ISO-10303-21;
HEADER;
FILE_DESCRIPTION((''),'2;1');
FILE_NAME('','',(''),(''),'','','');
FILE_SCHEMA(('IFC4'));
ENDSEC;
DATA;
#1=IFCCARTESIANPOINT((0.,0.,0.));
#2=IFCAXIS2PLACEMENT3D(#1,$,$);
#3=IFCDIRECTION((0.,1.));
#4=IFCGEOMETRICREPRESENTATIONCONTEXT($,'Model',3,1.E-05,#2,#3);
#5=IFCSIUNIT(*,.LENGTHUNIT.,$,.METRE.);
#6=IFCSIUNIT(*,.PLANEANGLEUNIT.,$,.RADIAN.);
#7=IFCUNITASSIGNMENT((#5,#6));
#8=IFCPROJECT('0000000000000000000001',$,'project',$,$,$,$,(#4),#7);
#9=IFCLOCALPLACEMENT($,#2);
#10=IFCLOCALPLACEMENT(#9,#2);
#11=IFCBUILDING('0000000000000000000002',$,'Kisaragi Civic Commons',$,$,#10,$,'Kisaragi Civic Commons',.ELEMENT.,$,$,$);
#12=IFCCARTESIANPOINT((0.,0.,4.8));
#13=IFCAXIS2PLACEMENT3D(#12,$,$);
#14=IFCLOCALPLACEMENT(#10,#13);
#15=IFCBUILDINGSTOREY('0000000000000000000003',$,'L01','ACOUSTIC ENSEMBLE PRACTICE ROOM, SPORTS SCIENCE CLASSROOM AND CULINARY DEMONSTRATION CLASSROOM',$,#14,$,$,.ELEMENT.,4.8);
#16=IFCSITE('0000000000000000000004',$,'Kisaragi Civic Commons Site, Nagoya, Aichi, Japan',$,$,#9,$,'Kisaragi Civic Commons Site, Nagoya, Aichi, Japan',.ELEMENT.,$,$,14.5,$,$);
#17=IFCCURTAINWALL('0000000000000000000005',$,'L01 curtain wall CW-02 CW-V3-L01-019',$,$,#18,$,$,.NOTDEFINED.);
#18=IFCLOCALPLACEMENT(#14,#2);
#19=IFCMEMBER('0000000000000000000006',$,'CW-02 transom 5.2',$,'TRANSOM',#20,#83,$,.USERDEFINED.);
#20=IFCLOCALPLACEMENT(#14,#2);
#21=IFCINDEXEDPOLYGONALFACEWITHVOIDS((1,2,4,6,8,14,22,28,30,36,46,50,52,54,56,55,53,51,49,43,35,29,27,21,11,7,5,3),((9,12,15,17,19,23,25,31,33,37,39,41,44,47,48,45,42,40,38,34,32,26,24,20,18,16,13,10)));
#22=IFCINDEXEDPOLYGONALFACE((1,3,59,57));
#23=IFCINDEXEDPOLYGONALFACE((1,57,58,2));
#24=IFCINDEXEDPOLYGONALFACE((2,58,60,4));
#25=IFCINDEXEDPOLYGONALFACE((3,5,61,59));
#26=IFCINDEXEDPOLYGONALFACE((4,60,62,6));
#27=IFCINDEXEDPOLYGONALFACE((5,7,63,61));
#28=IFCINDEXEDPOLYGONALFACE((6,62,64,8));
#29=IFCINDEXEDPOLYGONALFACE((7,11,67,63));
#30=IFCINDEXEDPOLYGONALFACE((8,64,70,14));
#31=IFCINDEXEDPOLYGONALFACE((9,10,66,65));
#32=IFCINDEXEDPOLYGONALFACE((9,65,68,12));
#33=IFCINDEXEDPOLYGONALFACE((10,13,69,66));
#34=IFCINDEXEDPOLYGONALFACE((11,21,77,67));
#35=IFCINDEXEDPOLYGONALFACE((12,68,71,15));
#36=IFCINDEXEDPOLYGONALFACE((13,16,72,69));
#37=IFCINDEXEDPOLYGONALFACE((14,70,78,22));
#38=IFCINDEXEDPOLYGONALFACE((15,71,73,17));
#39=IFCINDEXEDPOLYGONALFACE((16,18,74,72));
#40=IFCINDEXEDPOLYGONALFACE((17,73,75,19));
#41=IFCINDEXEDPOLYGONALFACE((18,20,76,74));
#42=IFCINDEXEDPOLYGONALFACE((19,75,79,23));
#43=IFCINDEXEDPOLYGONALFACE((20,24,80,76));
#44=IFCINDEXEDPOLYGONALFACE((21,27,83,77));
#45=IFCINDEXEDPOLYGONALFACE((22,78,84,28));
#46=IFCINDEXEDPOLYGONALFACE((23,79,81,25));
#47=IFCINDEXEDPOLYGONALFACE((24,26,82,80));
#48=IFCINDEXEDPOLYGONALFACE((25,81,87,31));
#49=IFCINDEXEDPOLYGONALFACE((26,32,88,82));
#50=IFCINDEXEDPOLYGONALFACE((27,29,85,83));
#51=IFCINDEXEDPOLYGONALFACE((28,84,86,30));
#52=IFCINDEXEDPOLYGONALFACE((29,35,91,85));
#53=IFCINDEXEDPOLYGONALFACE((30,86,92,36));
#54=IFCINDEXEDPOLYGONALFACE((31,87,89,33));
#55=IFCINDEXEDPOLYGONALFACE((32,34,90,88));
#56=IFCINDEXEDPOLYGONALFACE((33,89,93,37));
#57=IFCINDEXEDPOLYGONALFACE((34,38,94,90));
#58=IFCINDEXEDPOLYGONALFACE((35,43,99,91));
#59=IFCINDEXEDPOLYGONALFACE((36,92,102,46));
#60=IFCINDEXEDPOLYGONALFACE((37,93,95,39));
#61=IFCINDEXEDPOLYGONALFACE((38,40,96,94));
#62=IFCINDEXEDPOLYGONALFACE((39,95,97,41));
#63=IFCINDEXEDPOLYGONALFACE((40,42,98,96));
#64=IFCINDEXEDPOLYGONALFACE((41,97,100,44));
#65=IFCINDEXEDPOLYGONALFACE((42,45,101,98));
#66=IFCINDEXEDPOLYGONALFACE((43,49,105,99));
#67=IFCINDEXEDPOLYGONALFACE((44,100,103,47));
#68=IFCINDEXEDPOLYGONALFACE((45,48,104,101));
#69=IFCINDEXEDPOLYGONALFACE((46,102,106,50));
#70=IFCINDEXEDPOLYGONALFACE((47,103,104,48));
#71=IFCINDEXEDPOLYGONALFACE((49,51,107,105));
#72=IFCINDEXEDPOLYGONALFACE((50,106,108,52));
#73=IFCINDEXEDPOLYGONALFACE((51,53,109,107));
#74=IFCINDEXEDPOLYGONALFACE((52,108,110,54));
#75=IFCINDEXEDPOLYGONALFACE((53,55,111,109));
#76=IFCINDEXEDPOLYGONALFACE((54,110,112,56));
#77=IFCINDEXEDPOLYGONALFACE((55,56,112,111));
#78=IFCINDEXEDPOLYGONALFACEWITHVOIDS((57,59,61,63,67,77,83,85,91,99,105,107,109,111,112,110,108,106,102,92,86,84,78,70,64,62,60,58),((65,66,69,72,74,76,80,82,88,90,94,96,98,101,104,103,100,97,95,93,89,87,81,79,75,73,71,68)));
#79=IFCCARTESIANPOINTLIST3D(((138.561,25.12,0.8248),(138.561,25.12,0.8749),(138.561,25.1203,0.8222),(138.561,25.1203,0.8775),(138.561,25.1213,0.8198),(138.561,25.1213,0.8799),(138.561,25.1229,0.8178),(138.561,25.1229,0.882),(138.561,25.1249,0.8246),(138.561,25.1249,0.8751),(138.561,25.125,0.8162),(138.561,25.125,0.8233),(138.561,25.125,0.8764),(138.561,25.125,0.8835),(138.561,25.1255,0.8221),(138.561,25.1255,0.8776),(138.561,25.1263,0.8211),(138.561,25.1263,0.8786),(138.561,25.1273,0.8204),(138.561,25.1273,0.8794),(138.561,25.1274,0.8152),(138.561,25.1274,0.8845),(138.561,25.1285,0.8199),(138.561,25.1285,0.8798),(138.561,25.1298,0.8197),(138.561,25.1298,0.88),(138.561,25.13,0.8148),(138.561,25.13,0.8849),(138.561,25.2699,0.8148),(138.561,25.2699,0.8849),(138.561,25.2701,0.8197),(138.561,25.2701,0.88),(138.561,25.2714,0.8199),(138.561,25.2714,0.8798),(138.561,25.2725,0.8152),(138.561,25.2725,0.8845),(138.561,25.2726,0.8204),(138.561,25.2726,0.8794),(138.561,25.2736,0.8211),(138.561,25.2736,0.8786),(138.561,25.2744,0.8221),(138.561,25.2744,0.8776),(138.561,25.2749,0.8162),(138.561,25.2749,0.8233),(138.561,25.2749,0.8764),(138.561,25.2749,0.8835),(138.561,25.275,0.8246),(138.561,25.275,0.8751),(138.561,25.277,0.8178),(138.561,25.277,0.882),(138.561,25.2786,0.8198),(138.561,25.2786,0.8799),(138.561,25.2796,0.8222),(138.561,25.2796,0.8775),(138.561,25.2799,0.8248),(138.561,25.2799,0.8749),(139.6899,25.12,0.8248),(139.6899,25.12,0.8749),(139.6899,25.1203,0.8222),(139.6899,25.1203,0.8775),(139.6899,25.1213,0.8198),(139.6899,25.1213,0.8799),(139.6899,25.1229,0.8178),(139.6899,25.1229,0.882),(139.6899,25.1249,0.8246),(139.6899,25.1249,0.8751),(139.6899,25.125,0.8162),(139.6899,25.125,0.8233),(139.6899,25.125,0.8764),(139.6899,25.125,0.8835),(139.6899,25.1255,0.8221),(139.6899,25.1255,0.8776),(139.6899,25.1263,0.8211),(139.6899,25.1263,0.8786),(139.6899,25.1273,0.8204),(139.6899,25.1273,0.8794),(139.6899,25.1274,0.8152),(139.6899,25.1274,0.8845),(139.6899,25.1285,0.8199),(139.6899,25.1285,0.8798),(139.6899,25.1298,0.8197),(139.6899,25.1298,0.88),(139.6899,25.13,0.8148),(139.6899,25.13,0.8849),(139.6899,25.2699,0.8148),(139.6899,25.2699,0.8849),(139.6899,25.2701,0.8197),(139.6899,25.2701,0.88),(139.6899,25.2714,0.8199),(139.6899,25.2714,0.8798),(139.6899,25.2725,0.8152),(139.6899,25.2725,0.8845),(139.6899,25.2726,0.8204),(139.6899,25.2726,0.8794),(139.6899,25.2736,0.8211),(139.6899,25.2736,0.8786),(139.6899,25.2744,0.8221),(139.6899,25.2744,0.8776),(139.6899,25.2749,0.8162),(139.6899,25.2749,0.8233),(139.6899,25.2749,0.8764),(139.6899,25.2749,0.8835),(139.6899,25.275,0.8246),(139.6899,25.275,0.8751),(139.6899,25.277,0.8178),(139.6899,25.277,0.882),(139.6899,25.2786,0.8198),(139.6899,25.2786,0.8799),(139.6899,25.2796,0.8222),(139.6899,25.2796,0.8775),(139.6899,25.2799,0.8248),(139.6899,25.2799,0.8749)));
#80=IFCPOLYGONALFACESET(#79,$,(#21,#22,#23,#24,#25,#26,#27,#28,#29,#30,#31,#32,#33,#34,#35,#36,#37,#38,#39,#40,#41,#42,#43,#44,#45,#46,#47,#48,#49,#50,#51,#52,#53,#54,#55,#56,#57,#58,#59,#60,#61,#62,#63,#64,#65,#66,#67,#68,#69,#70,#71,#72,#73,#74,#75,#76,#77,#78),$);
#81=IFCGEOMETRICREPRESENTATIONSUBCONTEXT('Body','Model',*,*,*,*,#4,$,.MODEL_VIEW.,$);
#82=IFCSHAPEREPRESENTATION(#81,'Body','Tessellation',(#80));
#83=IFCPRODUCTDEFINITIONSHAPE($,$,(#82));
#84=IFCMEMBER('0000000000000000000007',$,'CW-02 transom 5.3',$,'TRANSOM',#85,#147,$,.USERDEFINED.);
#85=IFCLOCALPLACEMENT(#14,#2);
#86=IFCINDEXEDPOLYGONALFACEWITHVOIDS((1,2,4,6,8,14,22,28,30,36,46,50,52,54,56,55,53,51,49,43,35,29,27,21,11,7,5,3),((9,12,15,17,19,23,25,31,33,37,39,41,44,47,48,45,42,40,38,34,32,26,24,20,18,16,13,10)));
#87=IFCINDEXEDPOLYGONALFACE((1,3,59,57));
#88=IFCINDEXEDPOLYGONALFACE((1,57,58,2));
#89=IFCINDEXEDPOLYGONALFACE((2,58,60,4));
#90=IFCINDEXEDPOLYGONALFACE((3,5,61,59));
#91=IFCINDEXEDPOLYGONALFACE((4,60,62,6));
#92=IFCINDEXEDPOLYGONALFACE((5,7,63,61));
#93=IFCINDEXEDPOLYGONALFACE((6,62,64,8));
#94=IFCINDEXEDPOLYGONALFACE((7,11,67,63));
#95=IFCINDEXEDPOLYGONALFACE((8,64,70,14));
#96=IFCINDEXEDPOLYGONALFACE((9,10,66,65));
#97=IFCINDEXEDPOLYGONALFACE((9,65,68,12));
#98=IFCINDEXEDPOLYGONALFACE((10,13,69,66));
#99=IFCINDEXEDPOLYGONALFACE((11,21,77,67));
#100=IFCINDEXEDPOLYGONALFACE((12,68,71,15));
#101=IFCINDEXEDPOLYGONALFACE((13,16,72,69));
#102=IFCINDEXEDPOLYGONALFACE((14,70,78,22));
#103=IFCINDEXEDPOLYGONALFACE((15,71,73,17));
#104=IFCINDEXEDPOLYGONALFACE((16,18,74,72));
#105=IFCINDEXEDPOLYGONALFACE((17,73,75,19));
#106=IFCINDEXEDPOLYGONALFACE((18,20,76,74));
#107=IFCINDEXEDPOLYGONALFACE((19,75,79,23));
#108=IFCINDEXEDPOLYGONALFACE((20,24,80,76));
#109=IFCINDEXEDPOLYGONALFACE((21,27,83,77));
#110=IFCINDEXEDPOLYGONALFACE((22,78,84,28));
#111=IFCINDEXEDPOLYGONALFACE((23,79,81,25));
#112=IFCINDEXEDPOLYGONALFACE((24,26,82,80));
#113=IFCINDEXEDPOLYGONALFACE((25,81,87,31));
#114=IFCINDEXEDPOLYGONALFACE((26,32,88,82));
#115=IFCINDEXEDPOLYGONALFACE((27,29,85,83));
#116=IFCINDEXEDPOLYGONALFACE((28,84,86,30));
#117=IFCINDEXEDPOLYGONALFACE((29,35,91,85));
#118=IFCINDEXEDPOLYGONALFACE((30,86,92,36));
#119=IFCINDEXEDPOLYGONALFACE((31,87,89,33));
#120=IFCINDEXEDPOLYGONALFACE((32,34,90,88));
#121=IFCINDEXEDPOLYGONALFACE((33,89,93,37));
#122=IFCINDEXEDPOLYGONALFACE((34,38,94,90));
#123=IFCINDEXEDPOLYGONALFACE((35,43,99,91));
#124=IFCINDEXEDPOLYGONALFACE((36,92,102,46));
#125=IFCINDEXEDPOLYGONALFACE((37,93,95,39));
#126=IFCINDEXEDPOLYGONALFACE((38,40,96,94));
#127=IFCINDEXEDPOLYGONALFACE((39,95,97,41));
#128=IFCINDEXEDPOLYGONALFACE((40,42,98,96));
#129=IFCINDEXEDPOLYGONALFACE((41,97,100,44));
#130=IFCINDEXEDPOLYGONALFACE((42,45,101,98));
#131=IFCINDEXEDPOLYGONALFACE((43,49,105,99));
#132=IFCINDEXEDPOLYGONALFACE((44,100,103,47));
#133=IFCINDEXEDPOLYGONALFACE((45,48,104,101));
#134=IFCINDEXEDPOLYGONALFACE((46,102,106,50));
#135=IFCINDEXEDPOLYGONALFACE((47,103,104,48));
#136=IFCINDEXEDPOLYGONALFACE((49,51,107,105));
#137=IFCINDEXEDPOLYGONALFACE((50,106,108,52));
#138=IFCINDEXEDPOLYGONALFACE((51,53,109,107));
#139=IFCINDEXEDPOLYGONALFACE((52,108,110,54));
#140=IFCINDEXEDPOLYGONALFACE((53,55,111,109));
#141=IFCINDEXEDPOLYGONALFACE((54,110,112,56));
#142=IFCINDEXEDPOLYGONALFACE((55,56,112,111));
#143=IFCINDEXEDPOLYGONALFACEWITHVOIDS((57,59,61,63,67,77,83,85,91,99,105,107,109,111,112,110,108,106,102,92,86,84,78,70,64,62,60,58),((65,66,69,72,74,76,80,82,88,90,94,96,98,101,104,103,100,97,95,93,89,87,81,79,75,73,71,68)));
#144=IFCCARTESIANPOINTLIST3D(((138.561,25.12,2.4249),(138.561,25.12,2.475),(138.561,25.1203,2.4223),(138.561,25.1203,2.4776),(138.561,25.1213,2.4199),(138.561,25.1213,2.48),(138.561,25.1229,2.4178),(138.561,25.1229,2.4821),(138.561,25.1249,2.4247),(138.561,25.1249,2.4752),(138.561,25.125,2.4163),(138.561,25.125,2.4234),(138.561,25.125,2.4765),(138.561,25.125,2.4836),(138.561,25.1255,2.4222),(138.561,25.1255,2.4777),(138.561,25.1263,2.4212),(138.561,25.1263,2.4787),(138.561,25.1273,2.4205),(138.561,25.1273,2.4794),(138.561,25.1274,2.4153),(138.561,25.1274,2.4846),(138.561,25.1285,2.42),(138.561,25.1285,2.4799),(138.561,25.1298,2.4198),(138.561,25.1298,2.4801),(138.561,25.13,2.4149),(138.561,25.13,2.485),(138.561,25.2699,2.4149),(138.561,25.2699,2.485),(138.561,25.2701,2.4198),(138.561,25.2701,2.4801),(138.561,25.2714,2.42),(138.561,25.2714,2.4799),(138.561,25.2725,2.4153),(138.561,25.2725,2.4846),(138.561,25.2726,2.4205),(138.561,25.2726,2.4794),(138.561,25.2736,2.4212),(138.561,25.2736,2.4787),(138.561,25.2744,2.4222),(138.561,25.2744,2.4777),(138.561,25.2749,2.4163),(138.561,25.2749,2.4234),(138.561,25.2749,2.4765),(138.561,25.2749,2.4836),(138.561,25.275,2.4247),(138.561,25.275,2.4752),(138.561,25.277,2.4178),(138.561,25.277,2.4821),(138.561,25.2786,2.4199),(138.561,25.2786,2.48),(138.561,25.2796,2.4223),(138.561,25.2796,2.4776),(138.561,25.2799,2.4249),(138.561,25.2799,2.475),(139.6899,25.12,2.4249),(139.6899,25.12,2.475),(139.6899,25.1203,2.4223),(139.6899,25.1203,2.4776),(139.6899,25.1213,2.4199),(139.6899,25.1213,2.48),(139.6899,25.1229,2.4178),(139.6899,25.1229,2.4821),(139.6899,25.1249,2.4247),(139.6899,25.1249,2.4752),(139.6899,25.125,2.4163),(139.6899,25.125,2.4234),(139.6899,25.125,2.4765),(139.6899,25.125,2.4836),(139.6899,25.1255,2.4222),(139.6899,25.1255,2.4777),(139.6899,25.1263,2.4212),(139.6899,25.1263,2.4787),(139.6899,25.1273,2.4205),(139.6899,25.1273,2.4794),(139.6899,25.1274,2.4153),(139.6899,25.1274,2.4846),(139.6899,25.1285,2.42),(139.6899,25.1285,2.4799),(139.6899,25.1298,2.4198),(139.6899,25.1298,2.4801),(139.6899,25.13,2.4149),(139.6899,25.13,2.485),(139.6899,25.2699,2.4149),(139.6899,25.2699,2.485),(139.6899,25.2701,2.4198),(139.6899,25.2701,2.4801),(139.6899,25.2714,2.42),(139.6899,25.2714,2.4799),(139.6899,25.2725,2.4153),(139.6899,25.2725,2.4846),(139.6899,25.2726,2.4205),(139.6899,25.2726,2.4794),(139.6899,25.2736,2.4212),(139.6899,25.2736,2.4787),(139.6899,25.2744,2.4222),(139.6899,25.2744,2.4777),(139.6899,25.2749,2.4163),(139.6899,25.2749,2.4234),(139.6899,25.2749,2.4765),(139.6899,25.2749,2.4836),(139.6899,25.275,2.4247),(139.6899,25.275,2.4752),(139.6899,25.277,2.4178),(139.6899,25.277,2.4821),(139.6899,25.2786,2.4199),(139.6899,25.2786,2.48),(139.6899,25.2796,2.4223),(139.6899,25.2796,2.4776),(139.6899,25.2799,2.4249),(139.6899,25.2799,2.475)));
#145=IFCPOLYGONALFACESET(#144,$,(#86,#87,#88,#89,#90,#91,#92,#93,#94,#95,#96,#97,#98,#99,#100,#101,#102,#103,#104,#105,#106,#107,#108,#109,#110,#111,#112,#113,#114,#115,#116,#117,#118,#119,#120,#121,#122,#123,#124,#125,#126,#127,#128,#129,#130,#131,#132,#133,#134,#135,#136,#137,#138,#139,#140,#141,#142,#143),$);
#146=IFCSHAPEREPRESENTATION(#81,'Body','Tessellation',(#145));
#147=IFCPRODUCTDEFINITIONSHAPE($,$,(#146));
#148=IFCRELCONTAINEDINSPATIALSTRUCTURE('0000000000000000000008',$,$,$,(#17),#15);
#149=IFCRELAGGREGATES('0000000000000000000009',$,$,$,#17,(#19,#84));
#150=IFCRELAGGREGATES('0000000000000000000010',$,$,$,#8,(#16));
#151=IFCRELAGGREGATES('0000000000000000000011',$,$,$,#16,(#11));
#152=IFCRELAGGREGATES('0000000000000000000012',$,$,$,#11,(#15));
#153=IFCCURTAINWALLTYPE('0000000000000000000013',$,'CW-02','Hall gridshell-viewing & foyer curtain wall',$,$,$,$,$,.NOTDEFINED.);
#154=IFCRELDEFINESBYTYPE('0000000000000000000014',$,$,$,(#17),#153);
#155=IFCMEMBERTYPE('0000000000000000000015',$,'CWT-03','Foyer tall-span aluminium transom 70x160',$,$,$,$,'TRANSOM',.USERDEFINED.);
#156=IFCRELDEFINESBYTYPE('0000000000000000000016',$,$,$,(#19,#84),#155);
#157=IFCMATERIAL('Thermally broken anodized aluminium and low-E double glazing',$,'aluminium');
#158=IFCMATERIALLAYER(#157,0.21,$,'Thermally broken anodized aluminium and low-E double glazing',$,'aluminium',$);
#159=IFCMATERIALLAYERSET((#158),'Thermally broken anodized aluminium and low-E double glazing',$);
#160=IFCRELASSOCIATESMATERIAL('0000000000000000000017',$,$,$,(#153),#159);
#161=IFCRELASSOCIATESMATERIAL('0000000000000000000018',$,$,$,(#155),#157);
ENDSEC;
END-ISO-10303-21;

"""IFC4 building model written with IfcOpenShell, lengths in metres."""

from ifc_helpers import new_model, si_unit, direction, frame, origin, origin_2d, place, context, subcontext, project, spatial, hollow_rectangle, extrude, material, layer, layer_set, material_profile, profile_set, type_object, element, aggregate, save


model = new_model("IFC4")

# Units and contexts
model_context = context("Model", 3, precision=1e-05, world=origin(), true_north=direction((0.0, 1.0)))
body_context = subcontext(model_context, "Body", "Model", "MODEL_VIEW")
ifc_project = project(units=[si_unit("LENGTHUNIT", "METRE"), si_unit("PLANEANGLEUNIT", "RADIAN")], contexts=[model_context])

# Site, building, storey
site_placement = place(None, origin())
site = spatial("IfcSite", under=ifc_project, at=site_placement, Name="Kisaragi Civic Commons Site, Nagoya, Aichi, Japan", LongName="Kisaragi Civic Commons Site, Nagoya, Aichi, Japan", CompositionType="ELEMENT", RefElevation=14.5)
building_placement = place(site_placement, origin())
building = spatial("IfcBuilding", under=site, at=building_placement, Name="Kisaragi Civic Commons", LongName="Kisaragi Civic Commons", CompositionType="ELEMENT")
storey_placement = place(building_placement, frame((0.0, 0.0, 4.8)))
storey = spatial("IfcBuildingStorey", under=building, at=storey_placement, Name="L01", Description="ACOUSTIC ENSEMBLE PRACTICE ROOM, SPORTS SCIENCE CLASSROOM AND CULINARY DEMONSTRATION CLASSROOM", CompositionType="ELEMENT", Elevation=4.8)

# Curtain wall, members
ifc_material_1 = material(Name="Thermally broken anodized aluminium and low-E double glazing", Category="aluminium")
ifc_layer_1 = layer(ifc_material_1, 0.21, Name="Thermally broken anodized aluminium and low-E double glazing", Category="aluminium")
ifc_layer_set_1 = layer_set([ifc_layer_1], Name="Thermally broken anodized aluminium and low-E double glazing")
curtain_wall_type = type_object("IfcCurtainWallType", Name="CW-02", Description="Hall gridshell-viewing & foyer curtain wall", PredefinedType="NOTDEFINED", material=ifc_layer_set_1)
curtain_wall_placement = place(storey_placement, origin())
curtain_wall = element("IfcCurtainWall", 1, at=curtain_wall_placement, inside=storey, type_object=curtain_wall_type, Name="L01 curtain wall CW-02 CW-V3-L01-019", PredefinedType="NOTDEFINED")
ifc_material_profile_1 = material_profile(ifc_material_1, hollow_rectangle(XDim=0.1599, YDim=0.0701, WallThickness=0.0049, InnerFilletRadius=0.0049, OuterFilletRadius=0.01, at=origin_2d()), Name="CWT-70x160x5", Category="aluminium")
ifc_profile_set_1 = profile_set([ifc_material_profile_1], Name="Thermally broken anodized aluminium and low-E double glazing")
member_type_1 = type_object("IfcMemberType", Name="CWT-03", Description="Foyer tall-span aluminium transom 70x160", ElementType="TRANSOM", PredefinedType="USERDEFINED", material=ifc_profile_set_1)
member_1_placement = place(storey_placement, frame((138.561, 25.2, 0.8499), z_axis=(1.0, 0.0, 0.0), x_axis=(0.0, 1.0, 0.0)))
member_1 = element("IfcMember", 2, at=member_1_placement, type_object=member_type_1, Name="CW-02 transom 5.2", ObjectType="TRANSOM", PredefinedType="USERDEFINED", context=body_context, shape_type="SweptSolid", body=[
    extrude(hollow_rectangle(XDim=0.1599, YDim=0.0701, WallThickness=0.0049, InnerFilletRadius=0.0049, OuterFilletRadius=0.01, at=origin_2d()), origin(), (0.0, 0.0, 1.0), 1.1289),
])
member_2_placement = place(storey_placement, frame((138.561, 25.2, 2.45), z_axis=(1.0, 0.0, 0.0), x_axis=(0.0, 1.0, 0.0)))
member_2 = element("IfcMember", 3, at=member_2_placement, type_object=member_type_1, Name="CW-02 transom 5.3", ObjectType="TRANSOM", PredefinedType="USERDEFINED", context=body_context, shape_type="SweptSolid", body=[
    extrude(hollow_rectangle(XDim=0.1599, YDim=0.0701, WallThickness=0.0049, InnerFilletRadius=0.0049, OuterFilletRadius=0.01, at=origin_2d()), origin(), (0.0, 0.0, 1.0), 1.1289),
])

aggregate(curtain_wall, [member_1, member_2])

save(model, "model.ifc")
